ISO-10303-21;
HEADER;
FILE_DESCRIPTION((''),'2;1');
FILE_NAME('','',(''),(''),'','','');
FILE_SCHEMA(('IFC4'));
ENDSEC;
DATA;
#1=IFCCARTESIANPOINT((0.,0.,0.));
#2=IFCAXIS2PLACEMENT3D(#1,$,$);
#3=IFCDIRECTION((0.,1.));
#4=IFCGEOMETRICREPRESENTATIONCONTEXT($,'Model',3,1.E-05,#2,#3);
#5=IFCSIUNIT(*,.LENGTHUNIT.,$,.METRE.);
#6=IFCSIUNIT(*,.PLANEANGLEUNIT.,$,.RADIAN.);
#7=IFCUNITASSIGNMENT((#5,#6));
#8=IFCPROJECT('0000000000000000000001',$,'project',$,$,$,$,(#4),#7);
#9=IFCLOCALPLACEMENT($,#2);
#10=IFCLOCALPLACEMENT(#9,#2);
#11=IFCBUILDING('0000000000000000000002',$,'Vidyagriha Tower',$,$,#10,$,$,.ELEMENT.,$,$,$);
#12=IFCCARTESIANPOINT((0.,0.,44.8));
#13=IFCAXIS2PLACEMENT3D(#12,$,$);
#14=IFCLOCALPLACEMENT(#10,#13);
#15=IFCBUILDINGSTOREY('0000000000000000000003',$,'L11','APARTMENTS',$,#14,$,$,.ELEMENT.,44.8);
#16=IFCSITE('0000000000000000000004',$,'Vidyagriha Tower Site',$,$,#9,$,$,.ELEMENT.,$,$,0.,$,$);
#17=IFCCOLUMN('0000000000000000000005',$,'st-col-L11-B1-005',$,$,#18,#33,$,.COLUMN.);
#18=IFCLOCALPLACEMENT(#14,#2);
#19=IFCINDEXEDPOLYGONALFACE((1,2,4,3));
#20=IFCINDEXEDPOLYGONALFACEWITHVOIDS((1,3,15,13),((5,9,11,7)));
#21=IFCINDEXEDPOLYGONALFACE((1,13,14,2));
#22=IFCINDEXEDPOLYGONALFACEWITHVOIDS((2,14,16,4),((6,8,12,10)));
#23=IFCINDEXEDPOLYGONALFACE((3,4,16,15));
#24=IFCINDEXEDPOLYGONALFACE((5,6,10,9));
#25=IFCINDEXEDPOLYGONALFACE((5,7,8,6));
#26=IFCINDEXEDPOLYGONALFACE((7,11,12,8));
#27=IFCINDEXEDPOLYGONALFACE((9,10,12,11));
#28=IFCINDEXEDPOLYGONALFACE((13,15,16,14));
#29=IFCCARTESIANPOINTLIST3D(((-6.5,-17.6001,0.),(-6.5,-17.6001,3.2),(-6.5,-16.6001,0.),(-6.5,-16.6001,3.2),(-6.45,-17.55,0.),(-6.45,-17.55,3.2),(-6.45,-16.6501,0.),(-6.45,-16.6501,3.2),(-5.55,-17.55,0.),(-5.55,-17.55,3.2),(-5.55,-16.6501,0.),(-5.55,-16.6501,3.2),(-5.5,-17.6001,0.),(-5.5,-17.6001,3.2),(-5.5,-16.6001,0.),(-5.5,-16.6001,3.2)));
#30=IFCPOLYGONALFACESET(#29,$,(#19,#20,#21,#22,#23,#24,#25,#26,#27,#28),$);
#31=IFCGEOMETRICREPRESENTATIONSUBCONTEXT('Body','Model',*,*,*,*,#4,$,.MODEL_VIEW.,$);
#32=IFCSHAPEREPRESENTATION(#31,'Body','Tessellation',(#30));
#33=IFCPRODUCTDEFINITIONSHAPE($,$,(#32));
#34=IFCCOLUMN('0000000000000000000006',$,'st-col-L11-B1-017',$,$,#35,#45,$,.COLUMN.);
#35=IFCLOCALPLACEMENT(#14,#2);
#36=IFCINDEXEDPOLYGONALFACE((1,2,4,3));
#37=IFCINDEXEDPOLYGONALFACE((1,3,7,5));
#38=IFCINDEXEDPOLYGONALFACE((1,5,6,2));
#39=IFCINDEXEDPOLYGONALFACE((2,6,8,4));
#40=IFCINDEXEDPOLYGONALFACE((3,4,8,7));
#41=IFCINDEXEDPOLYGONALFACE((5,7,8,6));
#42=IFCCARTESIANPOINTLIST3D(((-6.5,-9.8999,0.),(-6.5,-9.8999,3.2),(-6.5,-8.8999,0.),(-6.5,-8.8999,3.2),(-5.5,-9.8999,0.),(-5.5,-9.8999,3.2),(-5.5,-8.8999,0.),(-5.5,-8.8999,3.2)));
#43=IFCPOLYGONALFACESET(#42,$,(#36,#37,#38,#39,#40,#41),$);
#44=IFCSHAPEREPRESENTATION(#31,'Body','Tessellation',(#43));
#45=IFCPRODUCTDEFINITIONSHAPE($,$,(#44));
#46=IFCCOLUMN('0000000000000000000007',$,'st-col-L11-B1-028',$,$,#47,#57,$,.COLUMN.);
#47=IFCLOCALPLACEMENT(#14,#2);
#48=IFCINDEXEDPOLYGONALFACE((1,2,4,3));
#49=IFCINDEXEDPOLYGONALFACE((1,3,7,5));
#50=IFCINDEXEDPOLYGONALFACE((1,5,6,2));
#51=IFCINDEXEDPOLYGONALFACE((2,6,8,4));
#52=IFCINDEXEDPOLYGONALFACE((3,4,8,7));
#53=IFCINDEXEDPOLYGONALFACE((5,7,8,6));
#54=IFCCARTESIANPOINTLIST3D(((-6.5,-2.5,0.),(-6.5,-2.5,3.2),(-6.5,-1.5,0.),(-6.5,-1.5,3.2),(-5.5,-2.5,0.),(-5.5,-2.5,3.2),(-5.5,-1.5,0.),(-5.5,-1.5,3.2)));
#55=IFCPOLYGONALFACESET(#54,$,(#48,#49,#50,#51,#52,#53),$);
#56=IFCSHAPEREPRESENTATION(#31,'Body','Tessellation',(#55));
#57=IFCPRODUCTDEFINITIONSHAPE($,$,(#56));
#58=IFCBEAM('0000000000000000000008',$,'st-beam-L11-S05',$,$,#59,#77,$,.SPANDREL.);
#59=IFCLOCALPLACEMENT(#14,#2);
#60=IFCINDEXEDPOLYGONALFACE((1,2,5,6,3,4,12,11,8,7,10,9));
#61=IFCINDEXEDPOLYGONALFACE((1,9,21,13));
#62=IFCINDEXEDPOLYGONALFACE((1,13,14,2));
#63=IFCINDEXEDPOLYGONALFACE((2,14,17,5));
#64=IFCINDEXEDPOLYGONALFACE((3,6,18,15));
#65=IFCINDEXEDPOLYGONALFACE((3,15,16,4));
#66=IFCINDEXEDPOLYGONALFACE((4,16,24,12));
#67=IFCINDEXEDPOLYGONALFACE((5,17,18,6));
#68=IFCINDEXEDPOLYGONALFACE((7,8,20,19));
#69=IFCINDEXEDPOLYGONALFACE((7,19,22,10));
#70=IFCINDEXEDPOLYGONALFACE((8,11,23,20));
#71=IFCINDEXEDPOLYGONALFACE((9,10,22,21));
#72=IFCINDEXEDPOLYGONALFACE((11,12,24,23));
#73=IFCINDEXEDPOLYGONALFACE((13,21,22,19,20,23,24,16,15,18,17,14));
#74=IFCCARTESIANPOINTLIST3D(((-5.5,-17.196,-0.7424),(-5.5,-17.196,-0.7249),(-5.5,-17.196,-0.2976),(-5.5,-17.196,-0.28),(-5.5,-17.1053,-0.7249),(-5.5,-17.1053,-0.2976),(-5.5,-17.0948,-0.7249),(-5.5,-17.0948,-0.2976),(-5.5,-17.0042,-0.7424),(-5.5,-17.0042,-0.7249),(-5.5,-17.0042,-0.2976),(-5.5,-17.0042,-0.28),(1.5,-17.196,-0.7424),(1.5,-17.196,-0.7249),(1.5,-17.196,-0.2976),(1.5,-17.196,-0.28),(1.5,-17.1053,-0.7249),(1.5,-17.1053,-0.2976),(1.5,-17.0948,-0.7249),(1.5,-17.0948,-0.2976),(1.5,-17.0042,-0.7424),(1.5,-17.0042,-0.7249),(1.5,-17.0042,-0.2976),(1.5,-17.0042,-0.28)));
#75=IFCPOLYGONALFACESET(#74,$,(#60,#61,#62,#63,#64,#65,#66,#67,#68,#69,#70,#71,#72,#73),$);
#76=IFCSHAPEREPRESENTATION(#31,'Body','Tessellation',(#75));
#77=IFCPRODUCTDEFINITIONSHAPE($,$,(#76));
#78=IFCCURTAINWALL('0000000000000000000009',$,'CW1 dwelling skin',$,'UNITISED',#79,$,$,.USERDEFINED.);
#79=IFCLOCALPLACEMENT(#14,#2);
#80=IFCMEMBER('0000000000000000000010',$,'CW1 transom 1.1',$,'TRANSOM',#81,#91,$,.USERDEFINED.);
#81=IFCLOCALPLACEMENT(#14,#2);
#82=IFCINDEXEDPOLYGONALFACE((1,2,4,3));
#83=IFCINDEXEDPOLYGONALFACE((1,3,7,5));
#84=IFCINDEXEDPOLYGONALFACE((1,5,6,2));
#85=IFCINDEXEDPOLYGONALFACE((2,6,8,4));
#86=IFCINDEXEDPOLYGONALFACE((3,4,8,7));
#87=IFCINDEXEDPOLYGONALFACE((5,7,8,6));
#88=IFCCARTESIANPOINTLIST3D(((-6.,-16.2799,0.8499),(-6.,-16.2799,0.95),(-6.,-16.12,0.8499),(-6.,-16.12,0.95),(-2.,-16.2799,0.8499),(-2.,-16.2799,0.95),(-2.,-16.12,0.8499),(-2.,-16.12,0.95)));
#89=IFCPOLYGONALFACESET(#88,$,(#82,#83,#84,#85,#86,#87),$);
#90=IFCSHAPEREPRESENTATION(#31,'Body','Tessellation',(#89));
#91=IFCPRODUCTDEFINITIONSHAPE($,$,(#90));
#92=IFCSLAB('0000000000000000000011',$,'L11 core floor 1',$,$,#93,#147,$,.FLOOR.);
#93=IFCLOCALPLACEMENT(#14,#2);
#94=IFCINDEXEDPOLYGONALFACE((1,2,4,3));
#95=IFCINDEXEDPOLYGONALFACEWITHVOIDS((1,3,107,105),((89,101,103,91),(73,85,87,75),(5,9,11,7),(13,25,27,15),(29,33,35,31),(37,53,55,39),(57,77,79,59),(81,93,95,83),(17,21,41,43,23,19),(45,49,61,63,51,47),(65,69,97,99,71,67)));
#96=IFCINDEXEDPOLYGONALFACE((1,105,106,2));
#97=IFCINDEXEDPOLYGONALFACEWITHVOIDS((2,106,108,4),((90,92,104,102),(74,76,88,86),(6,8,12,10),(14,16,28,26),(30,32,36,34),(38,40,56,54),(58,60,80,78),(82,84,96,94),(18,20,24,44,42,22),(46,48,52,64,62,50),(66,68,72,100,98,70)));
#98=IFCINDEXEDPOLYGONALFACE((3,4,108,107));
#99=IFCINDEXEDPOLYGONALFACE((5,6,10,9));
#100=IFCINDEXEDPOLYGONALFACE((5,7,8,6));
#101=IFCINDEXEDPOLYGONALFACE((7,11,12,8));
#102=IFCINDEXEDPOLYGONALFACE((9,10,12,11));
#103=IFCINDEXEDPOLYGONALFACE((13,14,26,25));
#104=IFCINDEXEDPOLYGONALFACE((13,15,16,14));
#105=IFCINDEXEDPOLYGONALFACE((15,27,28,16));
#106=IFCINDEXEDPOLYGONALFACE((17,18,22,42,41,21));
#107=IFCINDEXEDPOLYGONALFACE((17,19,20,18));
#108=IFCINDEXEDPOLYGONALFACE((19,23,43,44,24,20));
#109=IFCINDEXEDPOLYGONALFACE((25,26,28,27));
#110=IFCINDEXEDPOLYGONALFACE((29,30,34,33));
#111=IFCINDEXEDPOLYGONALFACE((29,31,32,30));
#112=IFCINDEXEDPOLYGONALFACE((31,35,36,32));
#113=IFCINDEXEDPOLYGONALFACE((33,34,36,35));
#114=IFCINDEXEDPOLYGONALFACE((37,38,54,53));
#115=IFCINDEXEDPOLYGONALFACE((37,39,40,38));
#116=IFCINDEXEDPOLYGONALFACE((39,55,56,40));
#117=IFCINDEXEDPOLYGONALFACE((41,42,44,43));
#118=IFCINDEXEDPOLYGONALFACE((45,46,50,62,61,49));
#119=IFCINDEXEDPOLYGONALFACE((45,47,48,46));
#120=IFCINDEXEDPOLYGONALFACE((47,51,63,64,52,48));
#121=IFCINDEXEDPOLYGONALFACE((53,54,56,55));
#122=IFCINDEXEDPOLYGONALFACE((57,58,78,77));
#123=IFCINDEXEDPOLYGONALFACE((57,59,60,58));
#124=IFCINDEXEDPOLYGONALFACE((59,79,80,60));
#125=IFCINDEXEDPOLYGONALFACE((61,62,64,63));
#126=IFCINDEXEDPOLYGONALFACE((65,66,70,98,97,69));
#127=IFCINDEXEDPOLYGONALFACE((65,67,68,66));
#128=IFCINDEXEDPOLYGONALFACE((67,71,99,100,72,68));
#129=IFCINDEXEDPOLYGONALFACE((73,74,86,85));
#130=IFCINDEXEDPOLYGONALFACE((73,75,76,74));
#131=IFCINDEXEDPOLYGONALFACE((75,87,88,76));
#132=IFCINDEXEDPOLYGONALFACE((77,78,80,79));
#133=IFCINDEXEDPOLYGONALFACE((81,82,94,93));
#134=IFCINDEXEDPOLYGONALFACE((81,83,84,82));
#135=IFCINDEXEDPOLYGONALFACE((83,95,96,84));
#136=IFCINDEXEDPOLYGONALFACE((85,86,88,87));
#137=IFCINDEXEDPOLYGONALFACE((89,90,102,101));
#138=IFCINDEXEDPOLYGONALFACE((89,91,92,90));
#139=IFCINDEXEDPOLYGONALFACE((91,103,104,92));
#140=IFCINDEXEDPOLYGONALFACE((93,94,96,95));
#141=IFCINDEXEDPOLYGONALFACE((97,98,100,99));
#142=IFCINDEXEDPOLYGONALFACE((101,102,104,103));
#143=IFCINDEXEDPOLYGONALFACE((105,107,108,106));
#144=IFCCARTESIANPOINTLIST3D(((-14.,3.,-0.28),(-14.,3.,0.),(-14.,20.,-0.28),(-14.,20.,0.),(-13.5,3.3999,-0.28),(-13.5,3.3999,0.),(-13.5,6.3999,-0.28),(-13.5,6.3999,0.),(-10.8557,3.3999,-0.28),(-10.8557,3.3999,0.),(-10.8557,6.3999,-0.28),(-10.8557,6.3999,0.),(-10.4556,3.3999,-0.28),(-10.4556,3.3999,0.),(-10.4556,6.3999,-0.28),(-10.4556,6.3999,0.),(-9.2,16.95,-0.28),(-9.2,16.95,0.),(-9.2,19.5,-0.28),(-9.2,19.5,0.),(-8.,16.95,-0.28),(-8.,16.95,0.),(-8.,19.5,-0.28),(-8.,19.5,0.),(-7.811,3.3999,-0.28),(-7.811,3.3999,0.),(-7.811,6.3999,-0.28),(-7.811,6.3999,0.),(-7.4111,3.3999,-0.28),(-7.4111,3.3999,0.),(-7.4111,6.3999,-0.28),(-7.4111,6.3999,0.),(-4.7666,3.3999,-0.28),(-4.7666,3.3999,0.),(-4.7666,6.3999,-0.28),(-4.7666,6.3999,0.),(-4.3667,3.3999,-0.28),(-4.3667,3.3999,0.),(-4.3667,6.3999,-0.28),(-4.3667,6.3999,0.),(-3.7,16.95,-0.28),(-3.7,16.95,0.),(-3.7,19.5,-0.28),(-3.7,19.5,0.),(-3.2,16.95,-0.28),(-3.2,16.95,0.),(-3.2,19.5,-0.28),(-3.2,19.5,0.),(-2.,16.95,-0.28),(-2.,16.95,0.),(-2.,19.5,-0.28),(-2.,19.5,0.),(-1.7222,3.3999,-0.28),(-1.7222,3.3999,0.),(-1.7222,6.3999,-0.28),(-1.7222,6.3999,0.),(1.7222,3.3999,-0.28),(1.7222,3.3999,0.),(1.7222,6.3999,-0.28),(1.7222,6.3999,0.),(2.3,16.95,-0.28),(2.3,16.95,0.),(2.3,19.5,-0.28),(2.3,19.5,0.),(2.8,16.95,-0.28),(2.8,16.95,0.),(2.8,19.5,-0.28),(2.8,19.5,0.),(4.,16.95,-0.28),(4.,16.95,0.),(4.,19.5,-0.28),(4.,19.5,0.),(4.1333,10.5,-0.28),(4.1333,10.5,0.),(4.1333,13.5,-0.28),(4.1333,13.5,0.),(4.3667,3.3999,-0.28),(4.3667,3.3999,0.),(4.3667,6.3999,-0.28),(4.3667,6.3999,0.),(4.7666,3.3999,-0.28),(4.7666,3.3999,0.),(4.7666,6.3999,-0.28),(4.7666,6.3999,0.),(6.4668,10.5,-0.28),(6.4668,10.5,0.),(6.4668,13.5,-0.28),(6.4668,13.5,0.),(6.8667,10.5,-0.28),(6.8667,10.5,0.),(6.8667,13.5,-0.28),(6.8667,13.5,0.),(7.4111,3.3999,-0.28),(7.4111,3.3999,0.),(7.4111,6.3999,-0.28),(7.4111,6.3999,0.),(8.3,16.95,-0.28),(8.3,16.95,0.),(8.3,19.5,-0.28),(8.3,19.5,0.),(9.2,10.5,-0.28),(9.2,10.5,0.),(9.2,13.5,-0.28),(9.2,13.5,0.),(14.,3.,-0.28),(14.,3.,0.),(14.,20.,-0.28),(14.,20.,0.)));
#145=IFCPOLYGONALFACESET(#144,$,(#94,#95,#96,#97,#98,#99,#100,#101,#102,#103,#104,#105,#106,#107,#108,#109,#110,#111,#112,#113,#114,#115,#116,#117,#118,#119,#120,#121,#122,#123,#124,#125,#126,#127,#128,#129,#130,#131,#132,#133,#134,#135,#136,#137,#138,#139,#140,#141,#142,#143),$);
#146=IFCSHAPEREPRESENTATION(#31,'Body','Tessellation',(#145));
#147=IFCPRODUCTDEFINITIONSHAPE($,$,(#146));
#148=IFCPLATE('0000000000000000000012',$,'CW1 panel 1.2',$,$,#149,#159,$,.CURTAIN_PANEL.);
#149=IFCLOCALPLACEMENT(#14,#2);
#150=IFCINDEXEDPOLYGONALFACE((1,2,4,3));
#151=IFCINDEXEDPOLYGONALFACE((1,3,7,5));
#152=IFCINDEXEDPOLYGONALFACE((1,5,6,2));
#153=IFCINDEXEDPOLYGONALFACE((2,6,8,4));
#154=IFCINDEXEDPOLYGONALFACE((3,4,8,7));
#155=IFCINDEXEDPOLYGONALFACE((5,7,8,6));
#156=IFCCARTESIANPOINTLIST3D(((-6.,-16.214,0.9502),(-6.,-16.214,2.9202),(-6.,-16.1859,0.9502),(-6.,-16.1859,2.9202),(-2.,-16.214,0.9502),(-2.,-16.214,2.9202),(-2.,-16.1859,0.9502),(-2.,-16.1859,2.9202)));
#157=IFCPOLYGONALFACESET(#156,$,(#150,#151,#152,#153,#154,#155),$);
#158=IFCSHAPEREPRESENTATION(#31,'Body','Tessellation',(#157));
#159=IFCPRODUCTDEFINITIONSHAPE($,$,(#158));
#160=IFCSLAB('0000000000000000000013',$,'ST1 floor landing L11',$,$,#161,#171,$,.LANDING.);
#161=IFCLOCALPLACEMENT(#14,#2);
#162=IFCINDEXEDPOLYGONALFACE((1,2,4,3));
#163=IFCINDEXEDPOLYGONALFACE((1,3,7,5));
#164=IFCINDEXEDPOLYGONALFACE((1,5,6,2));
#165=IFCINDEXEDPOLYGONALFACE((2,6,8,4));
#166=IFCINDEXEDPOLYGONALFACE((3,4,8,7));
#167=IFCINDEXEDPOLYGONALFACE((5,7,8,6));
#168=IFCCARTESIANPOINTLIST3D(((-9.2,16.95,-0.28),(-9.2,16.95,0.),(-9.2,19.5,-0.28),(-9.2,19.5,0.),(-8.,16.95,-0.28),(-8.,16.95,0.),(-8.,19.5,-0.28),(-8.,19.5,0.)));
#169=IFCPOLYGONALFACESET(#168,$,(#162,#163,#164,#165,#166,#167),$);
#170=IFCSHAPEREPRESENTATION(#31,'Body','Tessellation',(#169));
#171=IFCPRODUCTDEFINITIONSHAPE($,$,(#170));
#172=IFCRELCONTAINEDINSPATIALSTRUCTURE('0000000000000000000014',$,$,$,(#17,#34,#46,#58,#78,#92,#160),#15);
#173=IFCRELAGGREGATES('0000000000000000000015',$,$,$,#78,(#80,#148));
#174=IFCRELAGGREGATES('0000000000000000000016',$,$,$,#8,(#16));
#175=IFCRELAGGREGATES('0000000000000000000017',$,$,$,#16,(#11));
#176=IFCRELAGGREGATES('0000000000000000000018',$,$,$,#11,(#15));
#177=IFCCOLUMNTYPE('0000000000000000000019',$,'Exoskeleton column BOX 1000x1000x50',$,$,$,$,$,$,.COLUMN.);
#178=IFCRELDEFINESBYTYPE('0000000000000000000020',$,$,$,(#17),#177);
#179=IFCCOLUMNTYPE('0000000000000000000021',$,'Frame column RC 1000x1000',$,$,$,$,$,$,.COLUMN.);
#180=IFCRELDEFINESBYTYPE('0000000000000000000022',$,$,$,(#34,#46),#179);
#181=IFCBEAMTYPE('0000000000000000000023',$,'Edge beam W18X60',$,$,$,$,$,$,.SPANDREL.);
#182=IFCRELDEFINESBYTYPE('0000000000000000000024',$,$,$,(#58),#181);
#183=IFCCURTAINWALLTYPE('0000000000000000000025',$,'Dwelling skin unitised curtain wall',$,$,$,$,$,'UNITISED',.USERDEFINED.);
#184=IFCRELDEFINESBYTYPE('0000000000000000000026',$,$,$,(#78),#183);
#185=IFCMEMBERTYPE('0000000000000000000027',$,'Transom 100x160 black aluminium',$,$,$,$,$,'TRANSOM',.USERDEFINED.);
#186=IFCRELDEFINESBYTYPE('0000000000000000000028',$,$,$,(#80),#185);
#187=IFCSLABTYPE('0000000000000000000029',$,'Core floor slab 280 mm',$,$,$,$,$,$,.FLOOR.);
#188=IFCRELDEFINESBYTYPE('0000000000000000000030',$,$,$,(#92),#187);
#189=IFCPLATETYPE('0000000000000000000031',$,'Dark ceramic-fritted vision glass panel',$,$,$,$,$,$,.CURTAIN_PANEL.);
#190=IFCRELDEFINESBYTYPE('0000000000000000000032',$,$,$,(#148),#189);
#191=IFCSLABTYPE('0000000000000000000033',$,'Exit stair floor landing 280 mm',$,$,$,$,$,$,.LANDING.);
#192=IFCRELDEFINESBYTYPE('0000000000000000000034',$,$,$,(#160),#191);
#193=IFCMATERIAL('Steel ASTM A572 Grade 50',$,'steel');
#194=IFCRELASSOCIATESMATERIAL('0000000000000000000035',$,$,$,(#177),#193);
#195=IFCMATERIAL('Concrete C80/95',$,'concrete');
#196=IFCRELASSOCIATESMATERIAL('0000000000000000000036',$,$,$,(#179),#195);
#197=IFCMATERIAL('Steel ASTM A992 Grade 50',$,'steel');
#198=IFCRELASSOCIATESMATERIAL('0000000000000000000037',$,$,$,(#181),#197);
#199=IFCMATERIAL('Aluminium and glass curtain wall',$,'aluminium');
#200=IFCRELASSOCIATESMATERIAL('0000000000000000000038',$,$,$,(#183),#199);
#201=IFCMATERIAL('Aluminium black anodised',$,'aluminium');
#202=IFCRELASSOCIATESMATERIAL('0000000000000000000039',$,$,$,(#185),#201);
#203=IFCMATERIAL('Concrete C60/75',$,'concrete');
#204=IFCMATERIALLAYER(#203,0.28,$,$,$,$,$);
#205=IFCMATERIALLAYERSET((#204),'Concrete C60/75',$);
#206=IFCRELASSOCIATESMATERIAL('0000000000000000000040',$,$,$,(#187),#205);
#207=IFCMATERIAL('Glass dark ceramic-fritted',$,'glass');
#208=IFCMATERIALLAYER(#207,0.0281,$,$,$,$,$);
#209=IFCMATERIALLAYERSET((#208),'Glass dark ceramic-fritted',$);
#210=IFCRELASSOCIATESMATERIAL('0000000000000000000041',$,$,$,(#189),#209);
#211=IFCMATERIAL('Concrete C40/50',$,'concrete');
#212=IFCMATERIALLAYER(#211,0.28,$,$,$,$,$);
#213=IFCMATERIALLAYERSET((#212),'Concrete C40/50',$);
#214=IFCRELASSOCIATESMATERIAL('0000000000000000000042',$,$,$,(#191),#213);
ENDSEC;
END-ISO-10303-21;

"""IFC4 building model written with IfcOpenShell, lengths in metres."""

from ifc_helpers import new_model, si_unit, direction, frame, origin, origin_2d, place, context, subcontext, project, spatial, polyline, rectangle, hollow_rectangle, i_section, outline, extrude, material, layer, layer_set, material_profile, profile_set, type_object, element, aggregate, save


model = new_model("IFC4")

# Units and contexts
model_context = context("Model", 3, precision=1e-05, world=origin(), true_north=direction((0.0, 1.0)))
body_context = subcontext(model_context, "Body", "Model", "MODEL_VIEW")
ifc_project = project(units=[si_unit("LENGTHUNIT", "METRE"), si_unit("PLANEANGLEUNIT", "RADIAN")], contexts=[model_context])

# Site, building, storey
site_placement = place(None, origin())
site = spatial("IfcSite", under=ifc_project, at=site_placement, Name="Vidyagriha Tower Site", CompositionType="ELEMENT", RefElevation=0.0)
building_placement = place(site_placement, origin())
building = spatial("IfcBuilding", under=site, at=building_placement, Name="Vidyagriha Tower", CompositionType="ELEMENT")
storey_placement = place(building_placement, frame((0.0, 0.0, 44.8)))
storey = spatial("IfcBuildingStorey", under=building, at=storey_placement, Name="L11", Description="APARTMENTS", CompositionType="ELEMENT", Elevation=44.8)

# Columns
ifc_material_1 = material(Name="Steel ASTM A572 Grade 50", Category="steel")
ifc_material_profile_1 = material_profile(ifc_material_1, hollow_rectangle(XDim=1.0, YDim=1.0, WallThickness=0.05, at=origin_2d()), Name="BOX 1000x1000x50")
ifc_profile_set_1 = profile_set([ifc_material_profile_1], Name="Steel ASTM A572 Grade 50")
column_type_1 = type_object("IfcColumnType", Name="Exoskeleton column BOX 1000x1000x50", PredefinedType="COLUMN", material=ifc_profile_set_1)
column_placement = place(storey_placement, frame((-6.0, -17.1001, 0.0)))
element("IfcColumn", 1, at=column_placement, inside=storey, type_object=column_type_1, Name="st-col-L11-B1-005", PredefinedType="COLUMN", context=body_context, shape_type="SweptSolid", body=[
    extrude(hollow_rectangle(XDim=1.0, YDim=1.0, WallThickness=0.05, at=origin_2d()), origin(), (0.0, 0.0, 1.0), 3.2),
])
ifc_material_2 = material(Name="Concrete C80/95", Category="concrete")
ifc_material_profile_2 = material_profile(ifc_material_2, rectangle(XDim=1.0, YDim=1.0, at=origin_2d()), Name="RC 1000x1000")
ifc_profile_set_2 = profile_set([ifc_material_profile_2], Name="Concrete C80/95")
column_type_2 = type_object("IfcColumnType", Name="Frame column RC 1000x1000", PredefinedType="COLUMN", material=ifc_profile_set_2)
for number, where, name in (
    (2, (-6.0, -9.3999, 0.0), "st-col-L11-B1-017"),
    (3, (-6.0, -2.0, 0.0), "st-col-L11-B1-028"),
):
    element("IfcColumn", number, at=place(storey_placement, frame(where)), inside=storey, type_object=column_type_2, Name=name, PredefinedType="COLUMN", context=body_context, shape_type="SweptSolid", body=[
        extrude(rectangle(XDim=1.0, YDim=1.0, at=origin_2d()), origin(), (0.0, 0.0, 1.0), 3.2),
    ])

# Beam
ifc_material_3 = material(Name="Steel ASTM A992 Grade 50", Category="steel")
ifc_material_profile_3 = material_profile(ifc_material_3, i_section(OverallWidth=0.1919, OverallDepth=0.4624, WebThickness=0.0105, FlangeThickness=0.0176, at=origin_2d()), Name="W18X60")
ifc_profile_set_3 = profile_set([ifc_material_profile_3], Name="Steel ASTM A992 Grade 50")
beam_type = type_object("IfcBeamType", Name="Edge beam W18X60", PredefinedType="SPANDREL", material=ifc_profile_set_3)
beam_placement = place(storey_placement, frame((-5.5, -17.1001, -0.5112), z_axis=(1.0, 0.0, 0.0), x_axis=(0.0, 1.0, 0.0)))
element("IfcBeam", 4, at=beam_placement, inside=storey, type_object=beam_type, Name="st-beam-L11-S05", PredefinedType="SPANDREL", context=body_context, shape_type="SweptSolid", body=[
    extrude(i_section(OverallWidth=0.1919, OverallDepth=0.4624, WebThickness=0.0105, FlangeThickness=0.0176, at=origin_2d()), origin(), (0.0, 0.0, 1.0), 7.0),
])

# Curtain wall, member
ifc_material_4 = material(Name="Aluminium and glass curtain wall", Category="aluminium")
curtain_wall_type = type_object("IfcCurtainWallType", Name="Dwelling skin unitised curtain wall", ElementType="UNITISED", PredefinedType="USERDEFINED", material=ifc_material_4)
curtain_wall_placement = place(storey_placement, origin())
curtain_wall = element("IfcCurtainWall", 5, at=curtain_wall_placement, inside=storey, type_object=curtain_wall_type, Name="CW1 dwelling skin", ObjectType="UNITISED", PredefinedType="USERDEFINED")
ifc_material_5 = material(Name="Aluminium black anodised", Category="aluminium")
ifc_material_profile_4 = material_profile(ifc_material_5, rectangle(XDim=0.1599, YDim=0.1001, at=origin_2d()), Name="Transom 100x160 black aluminium")
ifc_profile_set_4 = profile_set([ifc_material_profile_4], Name="Aluminium black anodised")
member_type = type_object("IfcMemberType", Name="Transom 100x160 black aluminium", ElementType="TRANSOM", PredefinedType="USERDEFINED", material=ifc_profile_set_4)
member_placement = place(storey_placement, frame((-6.0, -16.2, 0.8999), z_axis=(1.0, 0.0, 0.0), x_axis=(0.0, 1.0, 0.0)))
member = element("IfcMember", 6, at=member_placement, type_object=member_type, Name="CW1 transom 1.1", ObjectType="TRANSOM", PredefinedType="USERDEFINED", context=body_context, shape_type="SweptSolid", body=[
    extrude(rectangle(XDim=0.1599, YDim=0.1001, at=origin_2d()), origin(), (0.0, 0.0, 1.0), 4.0),
])

# Slab
ifc_material_6 = material(Name="Concrete C60/75", Category="concrete")
ifc_layer_1 = layer(ifc_material_6, 0.28)
ifc_layer_set_1 = layer_set([ifc_layer_1], Name="Concrete C60/75")
slab_type_1 = type_object("IfcSlabType", Name="Core floor slab 280 mm", PredefinedType="FLOOR", material=ifc_layer_set_1)
slab_1_placement = place(storey_placement, frame((0.0, 0.0, -0.28)))
element("IfcSlab", 7, at=slab_1_placement, inside=storey, type_object=slab_type_1, Name="L11 core floor 1", PredefinedType="FLOOR", context=body_context, shape_type="SweptSolid", body=[
    extrude(outline(polyline([(-14.0, 3.0), (-14.0, 20.0), (14.0, 20.0), (14.0, 3.0), (-14.0, 3.0)]), holes=[polyline([(9.2, 13.5), (6.8667, 13.5), (6.8667, 10.5), (9.2, 10.5), (9.2, 13.5)]), polyline([(4.0, 19.5), (2.8, 19.5), (2.8, 16.95), (4.0, 16.95), (8.3, 16.95), (8.3, 19.5), (4.0, 19.5)]), polyline([(7.4111, 6.3999), (4.7666, 6.3999), (4.7666, 3.3999), (7.4111, 3.3999), (7.4111, 6.3999)]), polyline([(6.4668, 13.5), (4.1333, 13.5), (4.1333, 10.5), (6.4668, 10.5), (6.4668, 13.5)]), polyline([(1.7222, 6.3999), (1.7222, 3.3999), (4.3667, 3.3999), (4.3667, 6.3999), (1.7222, 6.3999)]), polyline([(-2.0, 16.95), (2.3, 16.95), (2.3, 19.5), (-2.0, 19.5), (-3.2, 19.5), (-3.2, 16.95), (-2.0, 16.95)]), polyline([(-1.7222, 6.3999), (-4.3667, 6.3999), (-4.3667, 3.3999), (-1.7222, 3.3999), (-1.7222, 6.3999)]), polyline([(-8.0, 19.5), (-9.2, 19.5), (-9.2, 16.95), (-8.0, 16.95), (-3.7, 16.95), (-3.7, 19.5), (-8.0, 19.5)]), polyline([(-4.7666, 6.3999), (-7.4111, 6.3999), (-7.4111, 3.3999), (-4.7666, 3.3999), (-4.7666, 6.3999)]), polyline([(-7.811, 6.3999), (-10.4556, 6.3999), (-10.4556, 3.3999), (-7.811, 3.3999), (-7.811, 6.3999)]), polyline([(-13.5, 6.3999), (-13.5, 3.3999), (-10.8557, 3.3999), (-10.8557, 6.3999), (-13.5, 6.3999)])]), origin(), (0.0, 0.0, 1.0), 0.28),
])

# Plate
ifc_material_7 = material(Name="Glass dark ceramic-fritted", Category="glass")
ifc_layer_2 = layer(ifc_material_7, 0.0281)
ifc_layer_set_2 = layer_set([ifc_layer_2], Name="Glass dark ceramic-fritted")
plate_type_1 = type_object("IfcPlateType", Name="Dark ceramic-fritted vision glass panel", PredefinedType="CURTAIN_PANEL", material=ifc_layer_set_2)
plate_1_placement = place(storey_placement, frame((-4.0, -16.2, 0.9502)))
plate_1 = element("IfcPlate", 8, at=plate_1_placement, type_object=plate_type_1, Name="CW1 panel 1.2", PredefinedType="CURTAIN_PANEL", context=body_context, shape_type="SweptSolid", body=[
    extrude(rectangle(XDim=4.0, YDim=0.0281, at=origin_2d()), origin(), (0.0, 0.0, 1.0), 1.97),
])

# Slab
ifc_material_8 = material(Name="Concrete C40/50", Category="concrete")
ifc_layer_3 = layer(ifc_material_8, 0.28)
ifc_layer_set_3 = layer_set([ifc_layer_3], Name="Concrete C40/50")
slab_type_2 = type_object("IfcSlabType", Name="Exit stair floor landing 280 mm", PredefinedType="LANDING", material=ifc_layer_set_3)
slab_2_placement = place(storey_placement, frame((0.0, 0.0, -0.28)))
element("IfcSlab", 9, at=slab_2_placement, inside=storey, type_object=slab_type_2, Name="ST1 floor landing L11", PredefinedType="LANDING", context=body_context, shape_type="SweptSolid", body=[
    extrude(outline(polyline([(-9.2, 16.95), (-8.0, 16.95), (-8.0, 19.5), (-9.2, 19.5), (-9.2, 16.95)])), origin(), (0.0, 0.0, 1.0), 0.28),
])

aggregate(curtain_wall, [member, plate_1])

save(model, "model.ifc")
